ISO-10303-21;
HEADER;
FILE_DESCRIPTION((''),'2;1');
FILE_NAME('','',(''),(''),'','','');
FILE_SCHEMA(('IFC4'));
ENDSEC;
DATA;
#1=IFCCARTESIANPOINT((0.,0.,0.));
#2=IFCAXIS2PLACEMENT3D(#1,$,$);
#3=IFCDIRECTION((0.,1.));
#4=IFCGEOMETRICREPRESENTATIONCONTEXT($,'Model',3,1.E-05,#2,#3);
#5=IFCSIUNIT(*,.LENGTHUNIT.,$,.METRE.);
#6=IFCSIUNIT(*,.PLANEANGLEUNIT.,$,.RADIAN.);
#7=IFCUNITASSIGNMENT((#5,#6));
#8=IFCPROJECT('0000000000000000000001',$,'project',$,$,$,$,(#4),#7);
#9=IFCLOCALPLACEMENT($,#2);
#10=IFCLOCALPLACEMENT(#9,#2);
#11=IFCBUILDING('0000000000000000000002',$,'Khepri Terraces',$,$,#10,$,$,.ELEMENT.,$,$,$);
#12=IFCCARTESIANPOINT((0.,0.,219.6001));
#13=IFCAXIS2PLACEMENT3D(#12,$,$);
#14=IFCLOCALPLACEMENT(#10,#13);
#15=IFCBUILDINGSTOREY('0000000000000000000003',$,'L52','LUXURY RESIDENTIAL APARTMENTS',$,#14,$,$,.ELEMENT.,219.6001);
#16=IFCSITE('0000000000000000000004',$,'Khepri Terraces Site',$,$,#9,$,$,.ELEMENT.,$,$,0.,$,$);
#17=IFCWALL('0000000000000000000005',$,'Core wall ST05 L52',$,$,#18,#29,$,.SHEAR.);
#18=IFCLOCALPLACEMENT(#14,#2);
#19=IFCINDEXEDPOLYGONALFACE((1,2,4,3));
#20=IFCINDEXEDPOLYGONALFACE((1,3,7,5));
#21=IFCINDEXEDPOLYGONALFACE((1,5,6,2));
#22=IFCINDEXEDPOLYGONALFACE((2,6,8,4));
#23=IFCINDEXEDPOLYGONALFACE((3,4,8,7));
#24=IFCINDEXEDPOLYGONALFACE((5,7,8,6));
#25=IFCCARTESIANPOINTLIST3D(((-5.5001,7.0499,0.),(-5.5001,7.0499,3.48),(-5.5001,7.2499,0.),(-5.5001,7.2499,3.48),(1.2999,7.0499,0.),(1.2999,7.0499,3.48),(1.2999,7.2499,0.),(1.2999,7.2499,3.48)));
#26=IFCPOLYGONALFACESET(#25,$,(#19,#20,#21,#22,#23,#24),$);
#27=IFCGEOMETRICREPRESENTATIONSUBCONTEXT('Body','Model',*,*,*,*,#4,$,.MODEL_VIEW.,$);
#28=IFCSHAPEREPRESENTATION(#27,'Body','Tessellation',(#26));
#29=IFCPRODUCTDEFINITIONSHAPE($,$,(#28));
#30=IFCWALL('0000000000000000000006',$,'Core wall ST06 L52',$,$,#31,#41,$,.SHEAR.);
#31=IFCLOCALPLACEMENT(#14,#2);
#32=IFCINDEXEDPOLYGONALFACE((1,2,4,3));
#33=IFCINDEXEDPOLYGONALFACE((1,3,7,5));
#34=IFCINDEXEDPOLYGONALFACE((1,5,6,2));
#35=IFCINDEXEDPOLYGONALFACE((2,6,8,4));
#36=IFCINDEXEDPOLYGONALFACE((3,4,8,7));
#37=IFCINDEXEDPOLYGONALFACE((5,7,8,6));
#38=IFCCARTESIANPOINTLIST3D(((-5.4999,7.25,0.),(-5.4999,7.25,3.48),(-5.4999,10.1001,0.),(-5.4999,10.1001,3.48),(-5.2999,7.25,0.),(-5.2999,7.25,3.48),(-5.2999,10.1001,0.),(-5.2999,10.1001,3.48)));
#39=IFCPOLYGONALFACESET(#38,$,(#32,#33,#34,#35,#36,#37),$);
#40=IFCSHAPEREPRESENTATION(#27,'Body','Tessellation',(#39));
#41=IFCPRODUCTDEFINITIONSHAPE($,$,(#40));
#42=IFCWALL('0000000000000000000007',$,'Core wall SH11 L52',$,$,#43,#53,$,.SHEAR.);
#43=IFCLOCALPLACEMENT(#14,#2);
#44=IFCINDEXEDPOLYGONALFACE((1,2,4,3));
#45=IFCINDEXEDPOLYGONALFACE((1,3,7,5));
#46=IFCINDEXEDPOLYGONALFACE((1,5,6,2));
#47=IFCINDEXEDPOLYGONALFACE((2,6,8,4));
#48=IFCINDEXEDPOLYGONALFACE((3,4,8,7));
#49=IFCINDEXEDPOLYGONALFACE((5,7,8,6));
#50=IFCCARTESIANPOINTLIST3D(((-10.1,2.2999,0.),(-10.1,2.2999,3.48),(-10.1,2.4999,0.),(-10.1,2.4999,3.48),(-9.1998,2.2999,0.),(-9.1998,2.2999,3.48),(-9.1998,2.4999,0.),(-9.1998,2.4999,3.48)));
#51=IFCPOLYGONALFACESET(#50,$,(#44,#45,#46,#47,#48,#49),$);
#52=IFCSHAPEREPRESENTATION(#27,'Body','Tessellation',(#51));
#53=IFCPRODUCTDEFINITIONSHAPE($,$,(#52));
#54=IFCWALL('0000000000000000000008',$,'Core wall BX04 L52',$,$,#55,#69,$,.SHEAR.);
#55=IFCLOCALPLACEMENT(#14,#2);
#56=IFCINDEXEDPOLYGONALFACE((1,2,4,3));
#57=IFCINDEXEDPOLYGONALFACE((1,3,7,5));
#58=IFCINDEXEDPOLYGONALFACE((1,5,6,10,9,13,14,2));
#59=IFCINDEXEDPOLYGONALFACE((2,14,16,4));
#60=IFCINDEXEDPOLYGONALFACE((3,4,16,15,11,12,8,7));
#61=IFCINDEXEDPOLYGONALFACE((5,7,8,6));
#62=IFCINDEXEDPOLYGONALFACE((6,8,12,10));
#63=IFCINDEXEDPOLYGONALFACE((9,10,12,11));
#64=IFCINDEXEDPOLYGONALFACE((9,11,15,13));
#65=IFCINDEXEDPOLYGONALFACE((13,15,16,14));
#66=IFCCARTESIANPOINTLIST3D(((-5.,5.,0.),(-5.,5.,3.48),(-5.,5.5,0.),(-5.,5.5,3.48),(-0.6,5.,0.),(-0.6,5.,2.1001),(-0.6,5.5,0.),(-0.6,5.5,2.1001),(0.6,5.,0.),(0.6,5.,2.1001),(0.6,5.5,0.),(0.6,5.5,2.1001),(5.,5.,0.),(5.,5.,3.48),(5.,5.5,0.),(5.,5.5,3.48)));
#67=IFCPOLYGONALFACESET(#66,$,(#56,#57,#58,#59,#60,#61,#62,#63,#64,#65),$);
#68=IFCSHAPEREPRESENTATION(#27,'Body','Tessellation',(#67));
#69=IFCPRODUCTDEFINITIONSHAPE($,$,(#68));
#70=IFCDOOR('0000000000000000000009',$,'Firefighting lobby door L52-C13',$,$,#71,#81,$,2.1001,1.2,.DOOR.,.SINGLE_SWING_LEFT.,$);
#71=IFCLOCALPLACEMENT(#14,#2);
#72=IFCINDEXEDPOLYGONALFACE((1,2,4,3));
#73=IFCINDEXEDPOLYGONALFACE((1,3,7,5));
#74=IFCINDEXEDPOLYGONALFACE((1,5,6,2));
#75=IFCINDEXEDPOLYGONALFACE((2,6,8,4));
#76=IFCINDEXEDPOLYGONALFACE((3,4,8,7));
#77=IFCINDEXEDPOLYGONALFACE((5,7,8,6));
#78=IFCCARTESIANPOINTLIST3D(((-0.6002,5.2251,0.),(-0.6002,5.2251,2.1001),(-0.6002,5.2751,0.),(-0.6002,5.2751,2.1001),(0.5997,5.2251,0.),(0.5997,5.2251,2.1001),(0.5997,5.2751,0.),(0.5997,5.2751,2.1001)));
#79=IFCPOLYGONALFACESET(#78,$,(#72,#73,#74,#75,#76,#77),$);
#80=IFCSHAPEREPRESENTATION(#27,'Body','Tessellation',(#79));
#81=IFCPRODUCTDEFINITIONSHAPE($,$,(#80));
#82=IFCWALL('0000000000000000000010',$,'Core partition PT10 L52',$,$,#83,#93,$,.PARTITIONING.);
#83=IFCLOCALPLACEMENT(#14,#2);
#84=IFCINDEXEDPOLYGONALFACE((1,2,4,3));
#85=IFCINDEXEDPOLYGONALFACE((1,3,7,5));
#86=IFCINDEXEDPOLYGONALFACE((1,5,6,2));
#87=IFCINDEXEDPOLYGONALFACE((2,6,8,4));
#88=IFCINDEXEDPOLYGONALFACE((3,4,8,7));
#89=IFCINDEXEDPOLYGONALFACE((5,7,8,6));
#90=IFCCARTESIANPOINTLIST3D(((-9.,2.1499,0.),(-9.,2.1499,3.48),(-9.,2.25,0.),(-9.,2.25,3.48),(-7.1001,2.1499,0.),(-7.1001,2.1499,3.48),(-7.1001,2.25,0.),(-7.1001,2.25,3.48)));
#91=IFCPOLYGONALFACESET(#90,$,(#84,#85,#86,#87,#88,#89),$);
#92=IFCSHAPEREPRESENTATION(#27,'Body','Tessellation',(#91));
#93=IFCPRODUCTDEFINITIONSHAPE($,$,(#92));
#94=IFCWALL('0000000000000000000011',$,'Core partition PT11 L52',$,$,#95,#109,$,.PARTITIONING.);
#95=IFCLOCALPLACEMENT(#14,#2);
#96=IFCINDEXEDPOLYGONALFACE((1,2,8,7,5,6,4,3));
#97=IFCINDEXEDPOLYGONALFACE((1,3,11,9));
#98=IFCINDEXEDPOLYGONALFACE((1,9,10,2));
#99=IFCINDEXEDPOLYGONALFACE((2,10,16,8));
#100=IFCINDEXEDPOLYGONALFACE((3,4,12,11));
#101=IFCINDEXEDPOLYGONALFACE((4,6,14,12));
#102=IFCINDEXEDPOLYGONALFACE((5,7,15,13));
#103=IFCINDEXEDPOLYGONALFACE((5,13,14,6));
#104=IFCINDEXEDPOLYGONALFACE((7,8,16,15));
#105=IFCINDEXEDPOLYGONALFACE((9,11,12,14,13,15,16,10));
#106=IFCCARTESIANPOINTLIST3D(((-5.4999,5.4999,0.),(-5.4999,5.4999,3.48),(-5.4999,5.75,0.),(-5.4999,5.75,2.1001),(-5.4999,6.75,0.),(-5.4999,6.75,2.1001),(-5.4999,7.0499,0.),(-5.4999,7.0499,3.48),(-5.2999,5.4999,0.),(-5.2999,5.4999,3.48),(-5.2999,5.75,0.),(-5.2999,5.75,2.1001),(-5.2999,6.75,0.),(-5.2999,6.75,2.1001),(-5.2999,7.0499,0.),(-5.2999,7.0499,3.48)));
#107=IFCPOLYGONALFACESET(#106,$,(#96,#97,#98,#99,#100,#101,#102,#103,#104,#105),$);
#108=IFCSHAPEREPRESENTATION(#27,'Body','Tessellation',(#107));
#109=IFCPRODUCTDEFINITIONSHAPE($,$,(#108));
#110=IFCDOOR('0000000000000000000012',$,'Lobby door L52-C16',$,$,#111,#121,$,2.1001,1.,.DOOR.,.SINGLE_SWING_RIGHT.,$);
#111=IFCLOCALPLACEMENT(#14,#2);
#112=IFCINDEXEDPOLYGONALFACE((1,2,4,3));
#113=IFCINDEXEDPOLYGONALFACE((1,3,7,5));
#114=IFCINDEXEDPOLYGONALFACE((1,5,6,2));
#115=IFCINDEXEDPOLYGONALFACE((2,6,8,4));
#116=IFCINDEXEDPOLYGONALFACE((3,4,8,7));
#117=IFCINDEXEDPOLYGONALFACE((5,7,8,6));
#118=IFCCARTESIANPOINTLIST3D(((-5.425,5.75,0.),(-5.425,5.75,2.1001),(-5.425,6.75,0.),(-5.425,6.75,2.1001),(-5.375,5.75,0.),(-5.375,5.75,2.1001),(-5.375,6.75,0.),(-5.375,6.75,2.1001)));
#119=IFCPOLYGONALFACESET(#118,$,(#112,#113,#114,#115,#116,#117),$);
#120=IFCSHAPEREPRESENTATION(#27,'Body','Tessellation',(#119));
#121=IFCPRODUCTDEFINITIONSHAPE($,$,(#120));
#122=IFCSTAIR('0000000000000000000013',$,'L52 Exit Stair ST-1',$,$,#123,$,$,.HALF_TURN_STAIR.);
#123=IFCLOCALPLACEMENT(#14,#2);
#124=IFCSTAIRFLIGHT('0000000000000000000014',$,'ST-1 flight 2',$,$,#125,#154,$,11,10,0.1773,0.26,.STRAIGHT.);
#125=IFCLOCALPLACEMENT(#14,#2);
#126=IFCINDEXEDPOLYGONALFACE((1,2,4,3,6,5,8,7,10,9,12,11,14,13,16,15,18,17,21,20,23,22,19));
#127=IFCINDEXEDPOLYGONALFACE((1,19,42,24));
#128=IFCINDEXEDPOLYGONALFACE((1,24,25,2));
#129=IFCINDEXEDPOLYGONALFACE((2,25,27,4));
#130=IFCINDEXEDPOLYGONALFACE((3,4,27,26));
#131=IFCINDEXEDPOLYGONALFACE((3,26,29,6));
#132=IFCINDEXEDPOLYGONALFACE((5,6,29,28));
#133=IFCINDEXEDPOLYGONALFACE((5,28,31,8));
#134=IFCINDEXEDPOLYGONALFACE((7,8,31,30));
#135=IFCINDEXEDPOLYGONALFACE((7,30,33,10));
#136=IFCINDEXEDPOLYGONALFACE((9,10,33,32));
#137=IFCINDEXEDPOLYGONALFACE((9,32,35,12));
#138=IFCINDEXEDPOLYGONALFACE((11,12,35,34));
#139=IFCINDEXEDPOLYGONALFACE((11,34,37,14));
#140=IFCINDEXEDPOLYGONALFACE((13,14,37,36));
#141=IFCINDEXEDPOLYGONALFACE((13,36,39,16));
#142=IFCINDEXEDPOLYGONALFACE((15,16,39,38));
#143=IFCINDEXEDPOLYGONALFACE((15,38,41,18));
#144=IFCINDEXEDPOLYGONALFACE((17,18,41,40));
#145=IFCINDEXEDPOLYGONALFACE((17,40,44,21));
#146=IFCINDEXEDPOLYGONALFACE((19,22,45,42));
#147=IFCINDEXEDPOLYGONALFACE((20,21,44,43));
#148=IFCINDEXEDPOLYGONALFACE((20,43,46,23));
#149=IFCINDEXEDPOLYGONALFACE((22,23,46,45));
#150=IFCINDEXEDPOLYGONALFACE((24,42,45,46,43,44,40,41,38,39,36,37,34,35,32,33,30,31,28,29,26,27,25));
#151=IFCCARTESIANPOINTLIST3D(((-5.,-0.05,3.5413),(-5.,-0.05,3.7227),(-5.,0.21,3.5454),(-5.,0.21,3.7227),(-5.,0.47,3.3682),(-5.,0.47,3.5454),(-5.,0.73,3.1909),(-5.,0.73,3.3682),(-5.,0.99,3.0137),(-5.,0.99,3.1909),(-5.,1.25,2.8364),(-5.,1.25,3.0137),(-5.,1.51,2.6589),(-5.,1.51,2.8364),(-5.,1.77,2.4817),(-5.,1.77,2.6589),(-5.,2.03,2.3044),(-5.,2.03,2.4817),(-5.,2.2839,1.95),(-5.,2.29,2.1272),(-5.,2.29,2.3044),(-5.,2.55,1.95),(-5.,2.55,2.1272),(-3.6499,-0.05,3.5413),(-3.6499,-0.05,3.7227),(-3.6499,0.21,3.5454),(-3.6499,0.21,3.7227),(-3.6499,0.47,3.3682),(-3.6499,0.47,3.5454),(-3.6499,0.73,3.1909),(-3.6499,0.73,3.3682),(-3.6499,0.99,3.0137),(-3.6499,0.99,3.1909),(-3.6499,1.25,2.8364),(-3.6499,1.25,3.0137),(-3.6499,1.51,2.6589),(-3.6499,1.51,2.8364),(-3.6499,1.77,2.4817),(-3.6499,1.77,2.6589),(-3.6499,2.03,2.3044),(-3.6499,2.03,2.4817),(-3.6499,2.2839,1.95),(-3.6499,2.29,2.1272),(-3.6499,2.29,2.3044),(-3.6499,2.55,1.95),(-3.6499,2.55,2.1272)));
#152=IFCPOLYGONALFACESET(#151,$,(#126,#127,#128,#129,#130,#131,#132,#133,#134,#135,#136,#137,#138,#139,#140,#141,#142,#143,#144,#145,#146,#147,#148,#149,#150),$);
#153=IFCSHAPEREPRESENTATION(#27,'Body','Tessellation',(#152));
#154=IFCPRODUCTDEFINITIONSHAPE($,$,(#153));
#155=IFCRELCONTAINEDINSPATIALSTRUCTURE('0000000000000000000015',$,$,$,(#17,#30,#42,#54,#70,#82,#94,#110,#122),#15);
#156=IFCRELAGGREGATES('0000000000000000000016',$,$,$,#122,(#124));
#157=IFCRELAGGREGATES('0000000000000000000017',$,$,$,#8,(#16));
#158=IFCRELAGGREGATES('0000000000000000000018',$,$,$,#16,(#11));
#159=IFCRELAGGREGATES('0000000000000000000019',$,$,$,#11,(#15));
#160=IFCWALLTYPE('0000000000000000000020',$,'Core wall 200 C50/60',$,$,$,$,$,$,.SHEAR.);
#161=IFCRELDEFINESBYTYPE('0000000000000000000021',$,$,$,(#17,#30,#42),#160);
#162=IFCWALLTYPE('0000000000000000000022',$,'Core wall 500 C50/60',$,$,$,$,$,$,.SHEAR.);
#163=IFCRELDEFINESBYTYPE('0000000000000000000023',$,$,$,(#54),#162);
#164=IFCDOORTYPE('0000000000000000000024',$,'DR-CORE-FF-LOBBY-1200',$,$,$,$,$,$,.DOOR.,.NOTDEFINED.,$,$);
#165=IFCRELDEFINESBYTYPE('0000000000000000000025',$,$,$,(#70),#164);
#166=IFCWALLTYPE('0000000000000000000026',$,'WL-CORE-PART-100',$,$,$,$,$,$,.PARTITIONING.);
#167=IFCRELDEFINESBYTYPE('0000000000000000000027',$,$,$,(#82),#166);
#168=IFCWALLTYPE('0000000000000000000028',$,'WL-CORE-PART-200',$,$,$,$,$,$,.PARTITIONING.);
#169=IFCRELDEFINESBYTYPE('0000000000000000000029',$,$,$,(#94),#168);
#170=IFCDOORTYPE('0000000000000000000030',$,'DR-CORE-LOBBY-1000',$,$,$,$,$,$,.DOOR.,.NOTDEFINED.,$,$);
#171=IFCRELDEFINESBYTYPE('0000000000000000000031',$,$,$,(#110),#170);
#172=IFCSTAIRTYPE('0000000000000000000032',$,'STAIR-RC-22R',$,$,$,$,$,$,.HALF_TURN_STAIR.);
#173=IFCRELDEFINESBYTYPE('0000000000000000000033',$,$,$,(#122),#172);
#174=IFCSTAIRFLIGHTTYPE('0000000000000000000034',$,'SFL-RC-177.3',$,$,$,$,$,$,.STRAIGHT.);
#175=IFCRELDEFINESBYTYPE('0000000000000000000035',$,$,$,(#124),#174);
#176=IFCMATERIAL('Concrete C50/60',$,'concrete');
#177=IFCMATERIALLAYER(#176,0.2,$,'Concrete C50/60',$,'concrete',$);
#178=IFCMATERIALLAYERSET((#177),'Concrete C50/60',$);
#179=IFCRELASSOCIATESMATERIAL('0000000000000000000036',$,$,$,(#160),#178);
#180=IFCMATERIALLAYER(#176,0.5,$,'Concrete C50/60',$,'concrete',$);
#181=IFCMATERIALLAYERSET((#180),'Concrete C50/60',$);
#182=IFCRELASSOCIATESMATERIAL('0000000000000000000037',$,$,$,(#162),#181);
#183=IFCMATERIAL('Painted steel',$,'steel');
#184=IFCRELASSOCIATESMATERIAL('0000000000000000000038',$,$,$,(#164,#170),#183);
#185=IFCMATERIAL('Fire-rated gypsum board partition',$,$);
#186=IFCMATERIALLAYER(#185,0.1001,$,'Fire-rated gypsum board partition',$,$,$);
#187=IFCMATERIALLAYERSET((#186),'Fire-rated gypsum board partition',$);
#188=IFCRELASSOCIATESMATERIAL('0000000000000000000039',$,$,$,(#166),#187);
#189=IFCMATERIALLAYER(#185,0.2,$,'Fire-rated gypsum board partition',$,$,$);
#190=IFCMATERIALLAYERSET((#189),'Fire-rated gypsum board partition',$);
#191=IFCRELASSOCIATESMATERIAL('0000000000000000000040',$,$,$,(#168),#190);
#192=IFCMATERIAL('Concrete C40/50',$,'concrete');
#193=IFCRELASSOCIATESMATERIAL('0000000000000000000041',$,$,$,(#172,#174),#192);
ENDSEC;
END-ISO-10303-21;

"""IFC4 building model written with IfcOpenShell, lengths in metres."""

from ifc_helpers import new_model, si_unit, direction, frame, frame_2d, origin, place, context, subcontext, project, spatial, polyline, rectangle, outline, extrude, material, layer, layer_set, type_object, element, fill, aggregate, save


model = new_model("IFC4")

# Units and contexts
model_context = context("Model", 3, precision=1e-05, world=origin(), true_north=direction((0.0, 1.0)))
body_context = subcontext(model_context, "Body", "Model", "MODEL_VIEW")
ifc_project = project(units=[si_unit("LENGTHUNIT", "METRE"), si_unit("PLANEANGLEUNIT", "RADIAN")], contexts=[model_context])

# Site, building, storey
site_placement = place(None, origin())
site = spatial("IfcSite", under=ifc_project, at=site_placement, Name="Khepri Terraces Site", CompositionType="ELEMENT", RefElevation=0.0)
building_placement = place(site_placement, origin())
building = spatial("IfcBuilding", under=site, at=building_placement, Name="Khepri Terraces", CompositionType="ELEMENT")
storey_placement = place(building_placement, frame((0.0, 0.0, 219.6001)))
storey = spatial("IfcBuildingStorey", under=building, at=storey_placement, Name="L52", Description="LUXURY RESIDENTIAL APARTMENTS", CompositionType="ELEMENT", Elevation=219.6001)

# Walls
ifc_material_1 = material(Name="Concrete C50/60", Category="concrete")
ifc_layer_1 = layer(ifc_material_1, 0.2, Name="Concrete C50/60", Category="concrete")
ifc_layer_set_1 = layer_set([ifc_layer_1], Name="Concrete C50/60")
wall_type_1 = type_object("IfcWallType", Name="Core wall 200 C50/60", PredefinedType="SHEAR", material=ifc_layer_set_1)
wall_1_placement = place(storey_placement, frame((-5.5, 7.1499, 0.0), z_axis=(0.0, 0.0, 1.0), x_axis=(1.0, 0.0, 0.0)))
element("IfcWall", 1, at=wall_1_placement, inside=storey, type_object=wall_type_1, Name="Core wall ST05 L52", PredefinedType="SHEAR", context=body_context, shape_type="SweptSolid", body=[
    extrude(rectangle(XDim=6.8, YDim=0.2, at=frame_2d((3.3999, 0.0))), origin(), (0.0, 0.0, 1.0), 3.48),
])
wall_2_placement = place(storey_placement, frame((-5.3999, 7.25, 0.0), z_axis=(0.0, 0.0, 1.0), x_axis=(0.0, 1.0, 0.0)))
element("IfcWall", 2, at=wall_2_placement, inside=storey, type_object=wall_type_1, Name="Core wall ST06 L52", PredefinedType="SHEAR", context=body_context, shape_type="SweptSolid", body=[
    extrude(rectangle(XDim=2.8501, YDim=0.2, at=frame_2d((1.425, 0.0))), origin(), (0.0, 0.0, 1.0), 3.48),
])
wall_3_placement = place(storey_placement, frame((-10.1001, 2.3999, 0.0), z_axis=(0.0, 0.0, 1.0), x_axis=(1.0, 0.0, 0.0)))
element("IfcWall", 3, at=wall_3_placement, inside=storey, type_object=wall_type_1, Name="Core wall SH11 L52", PredefinedType="SHEAR", context=body_context, shape_type="SweptSolid", body=[
    extrude(rectangle(XDim=0.9001, YDim=0.2, at=frame_2d((0.4502, 0.0))), origin(), (0.0, 0.0, 1.0), 3.48),
])

# Wall, opening, door
ifc_layer_2 = layer(ifc_material_1, 0.5, Name="Concrete C50/60", Category="concrete")
ifc_layer_set_2 = layer_set([ifc_layer_2], Name="Concrete C50/60")
wall_type_2 = type_object("IfcWallType", Name="Core wall 500 C50/60", PredefinedType="SHEAR", material=ifc_layer_set_2)
wall_4_placement = place(storey_placement, frame((-5.0, 5.25, 0.0), z_axis=(0.0, 0.0, 1.0), x_axis=(1.0, 0.0, 0.0)))
wall_4 = element("IfcWall", 4, at=wall_4_placement, inside=storey, type_object=wall_type_2, Name="Core wall BX04 L52", PredefinedType="SHEAR", context=body_context, shape_type="SweptSolid", body=[
    extrude(rectangle(XDim=10.0, YDim=0.5, at=frame_2d((5.0, 0.0))), origin(), (0.0, 0.0, 1.0), 3.48),
])
opening_1_placement = place(wall_4_placement, frame((4.3999, 0.0, 0.0)))
opening_1 = element("IfcOpeningElement", 5, at=opening_1_placement, cuts=wall_4, PredefinedType="OPENING", context=body_context, shape_type="SweptSolid", body=[
    extrude(rectangle(XDim=1.2, YDim=2.1001, at=frame_2d((0.6001, 1.05))), frame((0.0, 0.26, 0.0), z_axis=(0.0, -1.0, 0.0), x_axis=(1.0, 0.0, 0.0)), (0.0, 0.0, 1.0), 0.52),
])
ifc_material_2 = material(Name="Painted steel", Category="steel")
door_type_1 = type_object("IfcDoorType", Name="DR-CORE-FF-LOBBY-1200", OperationType="NOTDEFINED", PredefinedType="DOOR", material=ifc_material_2)
door_1_placement = place(opening_1_placement, frame((1.2, 0.0, 0.0), z_axis=(0.0, 0.0, 1.0), x_axis=(-1.0, 0.0, 0.0)))
door_1 = element("IfcDoor", 6, at=door_1_placement, inside=storey, type_object=door_type_1, Name="Firefighting lobby door L52-C13", OperationType="SINGLE_SWING_LEFT", OverallHeight=2.1001, OverallWidth=1.2, PredefinedType="DOOR", context=body_context, shape_type="SweptSolid", body=[
    extrude(rectangle(XDim=1.2, YDim=2.1001, at=frame_2d((0.6001, 1.05))), frame((0.0, 0.0249, 0.0), z_axis=(0.0, -1.0, 0.0), x_axis=(1.0, 0.0, 0.0)), (0.0, 0.0, 1.0), 0.05),
])
fill(opening_1, door_1)

# Wall
ifc_material_3 = material(Name="Fire-rated gypsum board partition")
ifc_layer_3 = layer(ifc_material_3, 0.1001, Name="Fire-rated gypsum board partition")
ifc_layer_set_3 = layer_set([ifc_layer_3], Name="Fire-rated gypsum board partition")
wall_type_3 = type_object("IfcWallType", Name="WL-CORE-PART-100", PredefinedType="PARTITIONING", material=ifc_layer_set_3)
wall_5_placement = place(storey_placement, frame((-9.0, 2.2, 0.0), z_axis=(0.0, 0.0, 1.0), x_axis=(1.0, 0.0, 0.0)))
element("IfcWall", 7, at=wall_5_placement, inside=storey, type_object=wall_type_3, Name="Core partition PT10 L52", PredefinedType="PARTITIONING", context=body_context, shape_type="SweptSolid", body=[
    extrude(rectangle(XDim=1.8999, YDim=0.1001, at=frame_2d((0.95, 0.0))), origin(), (0.0, 0.0, 1.0), 3.48),
])

# Wall, opening, door
ifc_layer_4 = layer(ifc_material_3, 0.2, Name="Fire-rated gypsum board partition")
ifc_layer_set_4 = layer_set([ifc_layer_4], Name="Fire-rated gypsum board partition")
wall_type_4 = type_object("IfcWallType", Name="WL-CORE-PART-200", PredefinedType="PARTITIONING", material=ifc_layer_set_4)
wall_6_placement = place(storey_placement, frame((-5.3999, 5.5, 0.0), z_axis=(0.0, 0.0, 1.0), x_axis=(0.0, 1.0, 0.0)))
wall_6 = element("IfcWall", 8, at=wall_6_placement, inside=storey, type_object=wall_type_4, Name="Core partition PT11 L52", PredefinedType="PARTITIONING", context=body_context, shape_type="SweptSolid", body=[
    extrude(rectangle(XDim=1.55, YDim=0.2, at=frame_2d((0.7749, 0.0))), origin(), (0.0, 0.0, 1.0), 3.48),
])
opening_2_placement = place(wall_6_placement, frame((0.25, 0.0, 0.0)))
opening_2 = element("IfcOpeningElement", 9, at=opening_2_placement, cuts=wall_6, PredefinedType="OPENING", context=body_context, shape_type="SweptSolid", body=[
    extrude(rectangle(XDim=1.0, YDim=2.1001, at=frame_2d((0.5, 1.05))), frame((0.0, 0.1099, 0.0), z_axis=(0.0, -1.0, 0.0), x_axis=(1.0, 0.0, 0.0)), (0.0, 0.0, 1.0), 0.22),
])
door_type_2 = type_object("IfcDoorType", Name="DR-CORE-LOBBY-1000", OperationType="NOTDEFINED", PredefinedType="DOOR", material=ifc_material_2)
door_2_placement = place(opening_2_placement, frame((1.0, 0.0, 0.0), z_axis=(0.0, 0.0, 1.0), x_axis=(-1.0, 0.0, 0.0)))
door_2 = element("IfcDoor", 10, at=door_2_placement, inside=storey, type_object=door_type_2, Name="Lobby door L52-C16", OperationType="SINGLE_SWING_RIGHT", OverallHeight=2.1001, OverallWidth=1.0, PredefinedType="DOOR", context=body_context, shape_type="SweptSolid", body=[
    extrude(rectangle(XDim=1.0, YDim=2.1001, at=frame_2d((0.5, 1.05))), frame((0.0, 0.0249, 0.0), z_axis=(0.0, -1.0, 0.0), x_axis=(1.0, 0.0, 0.0)), (0.0, 0.0, 1.0), 0.05),
])
fill(opening_2, door_2)

# Stair, stair flight
ifc_material_4 = material(Name="Concrete C40/50", Category="concrete")
stair_type = type_object("IfcStairType", Name="STAIR-RC-22R", PredefinedType="HALF_TURN_STAIR", material=ifc_material_4)
stair_1_placement = place(storey_placement, origin())
stair_1 = element("IfcStair", 11, at=stair_1_placement, inside=storey, type_object=stair_type, Name="L52 Exit Stair ST-1", PredefinedType="HALF_TURN_STAIR")
stair_flight_type = type_object("IfcStairFlightType", Name="SFL-RC-177.3", PredefinedType="STRAIGHT", material=ifc_material_4)
stair_flight_1_placement = place(storey_placement, frame((-4.325, 2.55, 1.95), z_axis=(0.0, 0.0, 1.0), x_axis=(0.0, -1.0, 0.0)))
stair_flight_1 = element("IfcStairFlight", 12, at=stair_flight_1_placement, type_object=stair_flight_type, Name="ST-1 flight 2", NumberOfRisers=11, NumberOfTreads=10, PredefinedType="STRAIGHT", RiserHeight=0.1773, TreadLength=0.26, context=body_context, shape_type="SweptSolid", body=[
    extrude(outline(polyline([(0.0, 0.0), (0.0, 0.1772), (0.26, 0.1772), (0.26, 0.3545), (0.52, 0.3545), (0.52, 0.5317), (0.78, 0.5317), (0.78, 0.709), (1.04, 0.709), (1.04, 0.8865), (1.3, 0.8865), (1.3, 1.0637), (1.5601, 1.0637), (1.5601, 1.241), (1.8201, 1.241), (1.8201, 1.4182), (2.0801, 1.4182), (2.0801, 1.5955), (2.3401, 1.5955), (2.3401, 1.7727), (2.6001, 1.7727), (2.6001, 1.95), (2.6001, 1.5913), (0.2661, 0.0), (0.0, 0.0)])), frame((0.0, 0.675, 0.0), z_axis=(0.0, -1.0, 0.0), x_axis=(1.0, 0.0, 0.0)), (0.0, 0.0, 1.0), 1.3501),
])
aggregate(stair_1, [stair_flight_1])

save(model, "model.ifc")
